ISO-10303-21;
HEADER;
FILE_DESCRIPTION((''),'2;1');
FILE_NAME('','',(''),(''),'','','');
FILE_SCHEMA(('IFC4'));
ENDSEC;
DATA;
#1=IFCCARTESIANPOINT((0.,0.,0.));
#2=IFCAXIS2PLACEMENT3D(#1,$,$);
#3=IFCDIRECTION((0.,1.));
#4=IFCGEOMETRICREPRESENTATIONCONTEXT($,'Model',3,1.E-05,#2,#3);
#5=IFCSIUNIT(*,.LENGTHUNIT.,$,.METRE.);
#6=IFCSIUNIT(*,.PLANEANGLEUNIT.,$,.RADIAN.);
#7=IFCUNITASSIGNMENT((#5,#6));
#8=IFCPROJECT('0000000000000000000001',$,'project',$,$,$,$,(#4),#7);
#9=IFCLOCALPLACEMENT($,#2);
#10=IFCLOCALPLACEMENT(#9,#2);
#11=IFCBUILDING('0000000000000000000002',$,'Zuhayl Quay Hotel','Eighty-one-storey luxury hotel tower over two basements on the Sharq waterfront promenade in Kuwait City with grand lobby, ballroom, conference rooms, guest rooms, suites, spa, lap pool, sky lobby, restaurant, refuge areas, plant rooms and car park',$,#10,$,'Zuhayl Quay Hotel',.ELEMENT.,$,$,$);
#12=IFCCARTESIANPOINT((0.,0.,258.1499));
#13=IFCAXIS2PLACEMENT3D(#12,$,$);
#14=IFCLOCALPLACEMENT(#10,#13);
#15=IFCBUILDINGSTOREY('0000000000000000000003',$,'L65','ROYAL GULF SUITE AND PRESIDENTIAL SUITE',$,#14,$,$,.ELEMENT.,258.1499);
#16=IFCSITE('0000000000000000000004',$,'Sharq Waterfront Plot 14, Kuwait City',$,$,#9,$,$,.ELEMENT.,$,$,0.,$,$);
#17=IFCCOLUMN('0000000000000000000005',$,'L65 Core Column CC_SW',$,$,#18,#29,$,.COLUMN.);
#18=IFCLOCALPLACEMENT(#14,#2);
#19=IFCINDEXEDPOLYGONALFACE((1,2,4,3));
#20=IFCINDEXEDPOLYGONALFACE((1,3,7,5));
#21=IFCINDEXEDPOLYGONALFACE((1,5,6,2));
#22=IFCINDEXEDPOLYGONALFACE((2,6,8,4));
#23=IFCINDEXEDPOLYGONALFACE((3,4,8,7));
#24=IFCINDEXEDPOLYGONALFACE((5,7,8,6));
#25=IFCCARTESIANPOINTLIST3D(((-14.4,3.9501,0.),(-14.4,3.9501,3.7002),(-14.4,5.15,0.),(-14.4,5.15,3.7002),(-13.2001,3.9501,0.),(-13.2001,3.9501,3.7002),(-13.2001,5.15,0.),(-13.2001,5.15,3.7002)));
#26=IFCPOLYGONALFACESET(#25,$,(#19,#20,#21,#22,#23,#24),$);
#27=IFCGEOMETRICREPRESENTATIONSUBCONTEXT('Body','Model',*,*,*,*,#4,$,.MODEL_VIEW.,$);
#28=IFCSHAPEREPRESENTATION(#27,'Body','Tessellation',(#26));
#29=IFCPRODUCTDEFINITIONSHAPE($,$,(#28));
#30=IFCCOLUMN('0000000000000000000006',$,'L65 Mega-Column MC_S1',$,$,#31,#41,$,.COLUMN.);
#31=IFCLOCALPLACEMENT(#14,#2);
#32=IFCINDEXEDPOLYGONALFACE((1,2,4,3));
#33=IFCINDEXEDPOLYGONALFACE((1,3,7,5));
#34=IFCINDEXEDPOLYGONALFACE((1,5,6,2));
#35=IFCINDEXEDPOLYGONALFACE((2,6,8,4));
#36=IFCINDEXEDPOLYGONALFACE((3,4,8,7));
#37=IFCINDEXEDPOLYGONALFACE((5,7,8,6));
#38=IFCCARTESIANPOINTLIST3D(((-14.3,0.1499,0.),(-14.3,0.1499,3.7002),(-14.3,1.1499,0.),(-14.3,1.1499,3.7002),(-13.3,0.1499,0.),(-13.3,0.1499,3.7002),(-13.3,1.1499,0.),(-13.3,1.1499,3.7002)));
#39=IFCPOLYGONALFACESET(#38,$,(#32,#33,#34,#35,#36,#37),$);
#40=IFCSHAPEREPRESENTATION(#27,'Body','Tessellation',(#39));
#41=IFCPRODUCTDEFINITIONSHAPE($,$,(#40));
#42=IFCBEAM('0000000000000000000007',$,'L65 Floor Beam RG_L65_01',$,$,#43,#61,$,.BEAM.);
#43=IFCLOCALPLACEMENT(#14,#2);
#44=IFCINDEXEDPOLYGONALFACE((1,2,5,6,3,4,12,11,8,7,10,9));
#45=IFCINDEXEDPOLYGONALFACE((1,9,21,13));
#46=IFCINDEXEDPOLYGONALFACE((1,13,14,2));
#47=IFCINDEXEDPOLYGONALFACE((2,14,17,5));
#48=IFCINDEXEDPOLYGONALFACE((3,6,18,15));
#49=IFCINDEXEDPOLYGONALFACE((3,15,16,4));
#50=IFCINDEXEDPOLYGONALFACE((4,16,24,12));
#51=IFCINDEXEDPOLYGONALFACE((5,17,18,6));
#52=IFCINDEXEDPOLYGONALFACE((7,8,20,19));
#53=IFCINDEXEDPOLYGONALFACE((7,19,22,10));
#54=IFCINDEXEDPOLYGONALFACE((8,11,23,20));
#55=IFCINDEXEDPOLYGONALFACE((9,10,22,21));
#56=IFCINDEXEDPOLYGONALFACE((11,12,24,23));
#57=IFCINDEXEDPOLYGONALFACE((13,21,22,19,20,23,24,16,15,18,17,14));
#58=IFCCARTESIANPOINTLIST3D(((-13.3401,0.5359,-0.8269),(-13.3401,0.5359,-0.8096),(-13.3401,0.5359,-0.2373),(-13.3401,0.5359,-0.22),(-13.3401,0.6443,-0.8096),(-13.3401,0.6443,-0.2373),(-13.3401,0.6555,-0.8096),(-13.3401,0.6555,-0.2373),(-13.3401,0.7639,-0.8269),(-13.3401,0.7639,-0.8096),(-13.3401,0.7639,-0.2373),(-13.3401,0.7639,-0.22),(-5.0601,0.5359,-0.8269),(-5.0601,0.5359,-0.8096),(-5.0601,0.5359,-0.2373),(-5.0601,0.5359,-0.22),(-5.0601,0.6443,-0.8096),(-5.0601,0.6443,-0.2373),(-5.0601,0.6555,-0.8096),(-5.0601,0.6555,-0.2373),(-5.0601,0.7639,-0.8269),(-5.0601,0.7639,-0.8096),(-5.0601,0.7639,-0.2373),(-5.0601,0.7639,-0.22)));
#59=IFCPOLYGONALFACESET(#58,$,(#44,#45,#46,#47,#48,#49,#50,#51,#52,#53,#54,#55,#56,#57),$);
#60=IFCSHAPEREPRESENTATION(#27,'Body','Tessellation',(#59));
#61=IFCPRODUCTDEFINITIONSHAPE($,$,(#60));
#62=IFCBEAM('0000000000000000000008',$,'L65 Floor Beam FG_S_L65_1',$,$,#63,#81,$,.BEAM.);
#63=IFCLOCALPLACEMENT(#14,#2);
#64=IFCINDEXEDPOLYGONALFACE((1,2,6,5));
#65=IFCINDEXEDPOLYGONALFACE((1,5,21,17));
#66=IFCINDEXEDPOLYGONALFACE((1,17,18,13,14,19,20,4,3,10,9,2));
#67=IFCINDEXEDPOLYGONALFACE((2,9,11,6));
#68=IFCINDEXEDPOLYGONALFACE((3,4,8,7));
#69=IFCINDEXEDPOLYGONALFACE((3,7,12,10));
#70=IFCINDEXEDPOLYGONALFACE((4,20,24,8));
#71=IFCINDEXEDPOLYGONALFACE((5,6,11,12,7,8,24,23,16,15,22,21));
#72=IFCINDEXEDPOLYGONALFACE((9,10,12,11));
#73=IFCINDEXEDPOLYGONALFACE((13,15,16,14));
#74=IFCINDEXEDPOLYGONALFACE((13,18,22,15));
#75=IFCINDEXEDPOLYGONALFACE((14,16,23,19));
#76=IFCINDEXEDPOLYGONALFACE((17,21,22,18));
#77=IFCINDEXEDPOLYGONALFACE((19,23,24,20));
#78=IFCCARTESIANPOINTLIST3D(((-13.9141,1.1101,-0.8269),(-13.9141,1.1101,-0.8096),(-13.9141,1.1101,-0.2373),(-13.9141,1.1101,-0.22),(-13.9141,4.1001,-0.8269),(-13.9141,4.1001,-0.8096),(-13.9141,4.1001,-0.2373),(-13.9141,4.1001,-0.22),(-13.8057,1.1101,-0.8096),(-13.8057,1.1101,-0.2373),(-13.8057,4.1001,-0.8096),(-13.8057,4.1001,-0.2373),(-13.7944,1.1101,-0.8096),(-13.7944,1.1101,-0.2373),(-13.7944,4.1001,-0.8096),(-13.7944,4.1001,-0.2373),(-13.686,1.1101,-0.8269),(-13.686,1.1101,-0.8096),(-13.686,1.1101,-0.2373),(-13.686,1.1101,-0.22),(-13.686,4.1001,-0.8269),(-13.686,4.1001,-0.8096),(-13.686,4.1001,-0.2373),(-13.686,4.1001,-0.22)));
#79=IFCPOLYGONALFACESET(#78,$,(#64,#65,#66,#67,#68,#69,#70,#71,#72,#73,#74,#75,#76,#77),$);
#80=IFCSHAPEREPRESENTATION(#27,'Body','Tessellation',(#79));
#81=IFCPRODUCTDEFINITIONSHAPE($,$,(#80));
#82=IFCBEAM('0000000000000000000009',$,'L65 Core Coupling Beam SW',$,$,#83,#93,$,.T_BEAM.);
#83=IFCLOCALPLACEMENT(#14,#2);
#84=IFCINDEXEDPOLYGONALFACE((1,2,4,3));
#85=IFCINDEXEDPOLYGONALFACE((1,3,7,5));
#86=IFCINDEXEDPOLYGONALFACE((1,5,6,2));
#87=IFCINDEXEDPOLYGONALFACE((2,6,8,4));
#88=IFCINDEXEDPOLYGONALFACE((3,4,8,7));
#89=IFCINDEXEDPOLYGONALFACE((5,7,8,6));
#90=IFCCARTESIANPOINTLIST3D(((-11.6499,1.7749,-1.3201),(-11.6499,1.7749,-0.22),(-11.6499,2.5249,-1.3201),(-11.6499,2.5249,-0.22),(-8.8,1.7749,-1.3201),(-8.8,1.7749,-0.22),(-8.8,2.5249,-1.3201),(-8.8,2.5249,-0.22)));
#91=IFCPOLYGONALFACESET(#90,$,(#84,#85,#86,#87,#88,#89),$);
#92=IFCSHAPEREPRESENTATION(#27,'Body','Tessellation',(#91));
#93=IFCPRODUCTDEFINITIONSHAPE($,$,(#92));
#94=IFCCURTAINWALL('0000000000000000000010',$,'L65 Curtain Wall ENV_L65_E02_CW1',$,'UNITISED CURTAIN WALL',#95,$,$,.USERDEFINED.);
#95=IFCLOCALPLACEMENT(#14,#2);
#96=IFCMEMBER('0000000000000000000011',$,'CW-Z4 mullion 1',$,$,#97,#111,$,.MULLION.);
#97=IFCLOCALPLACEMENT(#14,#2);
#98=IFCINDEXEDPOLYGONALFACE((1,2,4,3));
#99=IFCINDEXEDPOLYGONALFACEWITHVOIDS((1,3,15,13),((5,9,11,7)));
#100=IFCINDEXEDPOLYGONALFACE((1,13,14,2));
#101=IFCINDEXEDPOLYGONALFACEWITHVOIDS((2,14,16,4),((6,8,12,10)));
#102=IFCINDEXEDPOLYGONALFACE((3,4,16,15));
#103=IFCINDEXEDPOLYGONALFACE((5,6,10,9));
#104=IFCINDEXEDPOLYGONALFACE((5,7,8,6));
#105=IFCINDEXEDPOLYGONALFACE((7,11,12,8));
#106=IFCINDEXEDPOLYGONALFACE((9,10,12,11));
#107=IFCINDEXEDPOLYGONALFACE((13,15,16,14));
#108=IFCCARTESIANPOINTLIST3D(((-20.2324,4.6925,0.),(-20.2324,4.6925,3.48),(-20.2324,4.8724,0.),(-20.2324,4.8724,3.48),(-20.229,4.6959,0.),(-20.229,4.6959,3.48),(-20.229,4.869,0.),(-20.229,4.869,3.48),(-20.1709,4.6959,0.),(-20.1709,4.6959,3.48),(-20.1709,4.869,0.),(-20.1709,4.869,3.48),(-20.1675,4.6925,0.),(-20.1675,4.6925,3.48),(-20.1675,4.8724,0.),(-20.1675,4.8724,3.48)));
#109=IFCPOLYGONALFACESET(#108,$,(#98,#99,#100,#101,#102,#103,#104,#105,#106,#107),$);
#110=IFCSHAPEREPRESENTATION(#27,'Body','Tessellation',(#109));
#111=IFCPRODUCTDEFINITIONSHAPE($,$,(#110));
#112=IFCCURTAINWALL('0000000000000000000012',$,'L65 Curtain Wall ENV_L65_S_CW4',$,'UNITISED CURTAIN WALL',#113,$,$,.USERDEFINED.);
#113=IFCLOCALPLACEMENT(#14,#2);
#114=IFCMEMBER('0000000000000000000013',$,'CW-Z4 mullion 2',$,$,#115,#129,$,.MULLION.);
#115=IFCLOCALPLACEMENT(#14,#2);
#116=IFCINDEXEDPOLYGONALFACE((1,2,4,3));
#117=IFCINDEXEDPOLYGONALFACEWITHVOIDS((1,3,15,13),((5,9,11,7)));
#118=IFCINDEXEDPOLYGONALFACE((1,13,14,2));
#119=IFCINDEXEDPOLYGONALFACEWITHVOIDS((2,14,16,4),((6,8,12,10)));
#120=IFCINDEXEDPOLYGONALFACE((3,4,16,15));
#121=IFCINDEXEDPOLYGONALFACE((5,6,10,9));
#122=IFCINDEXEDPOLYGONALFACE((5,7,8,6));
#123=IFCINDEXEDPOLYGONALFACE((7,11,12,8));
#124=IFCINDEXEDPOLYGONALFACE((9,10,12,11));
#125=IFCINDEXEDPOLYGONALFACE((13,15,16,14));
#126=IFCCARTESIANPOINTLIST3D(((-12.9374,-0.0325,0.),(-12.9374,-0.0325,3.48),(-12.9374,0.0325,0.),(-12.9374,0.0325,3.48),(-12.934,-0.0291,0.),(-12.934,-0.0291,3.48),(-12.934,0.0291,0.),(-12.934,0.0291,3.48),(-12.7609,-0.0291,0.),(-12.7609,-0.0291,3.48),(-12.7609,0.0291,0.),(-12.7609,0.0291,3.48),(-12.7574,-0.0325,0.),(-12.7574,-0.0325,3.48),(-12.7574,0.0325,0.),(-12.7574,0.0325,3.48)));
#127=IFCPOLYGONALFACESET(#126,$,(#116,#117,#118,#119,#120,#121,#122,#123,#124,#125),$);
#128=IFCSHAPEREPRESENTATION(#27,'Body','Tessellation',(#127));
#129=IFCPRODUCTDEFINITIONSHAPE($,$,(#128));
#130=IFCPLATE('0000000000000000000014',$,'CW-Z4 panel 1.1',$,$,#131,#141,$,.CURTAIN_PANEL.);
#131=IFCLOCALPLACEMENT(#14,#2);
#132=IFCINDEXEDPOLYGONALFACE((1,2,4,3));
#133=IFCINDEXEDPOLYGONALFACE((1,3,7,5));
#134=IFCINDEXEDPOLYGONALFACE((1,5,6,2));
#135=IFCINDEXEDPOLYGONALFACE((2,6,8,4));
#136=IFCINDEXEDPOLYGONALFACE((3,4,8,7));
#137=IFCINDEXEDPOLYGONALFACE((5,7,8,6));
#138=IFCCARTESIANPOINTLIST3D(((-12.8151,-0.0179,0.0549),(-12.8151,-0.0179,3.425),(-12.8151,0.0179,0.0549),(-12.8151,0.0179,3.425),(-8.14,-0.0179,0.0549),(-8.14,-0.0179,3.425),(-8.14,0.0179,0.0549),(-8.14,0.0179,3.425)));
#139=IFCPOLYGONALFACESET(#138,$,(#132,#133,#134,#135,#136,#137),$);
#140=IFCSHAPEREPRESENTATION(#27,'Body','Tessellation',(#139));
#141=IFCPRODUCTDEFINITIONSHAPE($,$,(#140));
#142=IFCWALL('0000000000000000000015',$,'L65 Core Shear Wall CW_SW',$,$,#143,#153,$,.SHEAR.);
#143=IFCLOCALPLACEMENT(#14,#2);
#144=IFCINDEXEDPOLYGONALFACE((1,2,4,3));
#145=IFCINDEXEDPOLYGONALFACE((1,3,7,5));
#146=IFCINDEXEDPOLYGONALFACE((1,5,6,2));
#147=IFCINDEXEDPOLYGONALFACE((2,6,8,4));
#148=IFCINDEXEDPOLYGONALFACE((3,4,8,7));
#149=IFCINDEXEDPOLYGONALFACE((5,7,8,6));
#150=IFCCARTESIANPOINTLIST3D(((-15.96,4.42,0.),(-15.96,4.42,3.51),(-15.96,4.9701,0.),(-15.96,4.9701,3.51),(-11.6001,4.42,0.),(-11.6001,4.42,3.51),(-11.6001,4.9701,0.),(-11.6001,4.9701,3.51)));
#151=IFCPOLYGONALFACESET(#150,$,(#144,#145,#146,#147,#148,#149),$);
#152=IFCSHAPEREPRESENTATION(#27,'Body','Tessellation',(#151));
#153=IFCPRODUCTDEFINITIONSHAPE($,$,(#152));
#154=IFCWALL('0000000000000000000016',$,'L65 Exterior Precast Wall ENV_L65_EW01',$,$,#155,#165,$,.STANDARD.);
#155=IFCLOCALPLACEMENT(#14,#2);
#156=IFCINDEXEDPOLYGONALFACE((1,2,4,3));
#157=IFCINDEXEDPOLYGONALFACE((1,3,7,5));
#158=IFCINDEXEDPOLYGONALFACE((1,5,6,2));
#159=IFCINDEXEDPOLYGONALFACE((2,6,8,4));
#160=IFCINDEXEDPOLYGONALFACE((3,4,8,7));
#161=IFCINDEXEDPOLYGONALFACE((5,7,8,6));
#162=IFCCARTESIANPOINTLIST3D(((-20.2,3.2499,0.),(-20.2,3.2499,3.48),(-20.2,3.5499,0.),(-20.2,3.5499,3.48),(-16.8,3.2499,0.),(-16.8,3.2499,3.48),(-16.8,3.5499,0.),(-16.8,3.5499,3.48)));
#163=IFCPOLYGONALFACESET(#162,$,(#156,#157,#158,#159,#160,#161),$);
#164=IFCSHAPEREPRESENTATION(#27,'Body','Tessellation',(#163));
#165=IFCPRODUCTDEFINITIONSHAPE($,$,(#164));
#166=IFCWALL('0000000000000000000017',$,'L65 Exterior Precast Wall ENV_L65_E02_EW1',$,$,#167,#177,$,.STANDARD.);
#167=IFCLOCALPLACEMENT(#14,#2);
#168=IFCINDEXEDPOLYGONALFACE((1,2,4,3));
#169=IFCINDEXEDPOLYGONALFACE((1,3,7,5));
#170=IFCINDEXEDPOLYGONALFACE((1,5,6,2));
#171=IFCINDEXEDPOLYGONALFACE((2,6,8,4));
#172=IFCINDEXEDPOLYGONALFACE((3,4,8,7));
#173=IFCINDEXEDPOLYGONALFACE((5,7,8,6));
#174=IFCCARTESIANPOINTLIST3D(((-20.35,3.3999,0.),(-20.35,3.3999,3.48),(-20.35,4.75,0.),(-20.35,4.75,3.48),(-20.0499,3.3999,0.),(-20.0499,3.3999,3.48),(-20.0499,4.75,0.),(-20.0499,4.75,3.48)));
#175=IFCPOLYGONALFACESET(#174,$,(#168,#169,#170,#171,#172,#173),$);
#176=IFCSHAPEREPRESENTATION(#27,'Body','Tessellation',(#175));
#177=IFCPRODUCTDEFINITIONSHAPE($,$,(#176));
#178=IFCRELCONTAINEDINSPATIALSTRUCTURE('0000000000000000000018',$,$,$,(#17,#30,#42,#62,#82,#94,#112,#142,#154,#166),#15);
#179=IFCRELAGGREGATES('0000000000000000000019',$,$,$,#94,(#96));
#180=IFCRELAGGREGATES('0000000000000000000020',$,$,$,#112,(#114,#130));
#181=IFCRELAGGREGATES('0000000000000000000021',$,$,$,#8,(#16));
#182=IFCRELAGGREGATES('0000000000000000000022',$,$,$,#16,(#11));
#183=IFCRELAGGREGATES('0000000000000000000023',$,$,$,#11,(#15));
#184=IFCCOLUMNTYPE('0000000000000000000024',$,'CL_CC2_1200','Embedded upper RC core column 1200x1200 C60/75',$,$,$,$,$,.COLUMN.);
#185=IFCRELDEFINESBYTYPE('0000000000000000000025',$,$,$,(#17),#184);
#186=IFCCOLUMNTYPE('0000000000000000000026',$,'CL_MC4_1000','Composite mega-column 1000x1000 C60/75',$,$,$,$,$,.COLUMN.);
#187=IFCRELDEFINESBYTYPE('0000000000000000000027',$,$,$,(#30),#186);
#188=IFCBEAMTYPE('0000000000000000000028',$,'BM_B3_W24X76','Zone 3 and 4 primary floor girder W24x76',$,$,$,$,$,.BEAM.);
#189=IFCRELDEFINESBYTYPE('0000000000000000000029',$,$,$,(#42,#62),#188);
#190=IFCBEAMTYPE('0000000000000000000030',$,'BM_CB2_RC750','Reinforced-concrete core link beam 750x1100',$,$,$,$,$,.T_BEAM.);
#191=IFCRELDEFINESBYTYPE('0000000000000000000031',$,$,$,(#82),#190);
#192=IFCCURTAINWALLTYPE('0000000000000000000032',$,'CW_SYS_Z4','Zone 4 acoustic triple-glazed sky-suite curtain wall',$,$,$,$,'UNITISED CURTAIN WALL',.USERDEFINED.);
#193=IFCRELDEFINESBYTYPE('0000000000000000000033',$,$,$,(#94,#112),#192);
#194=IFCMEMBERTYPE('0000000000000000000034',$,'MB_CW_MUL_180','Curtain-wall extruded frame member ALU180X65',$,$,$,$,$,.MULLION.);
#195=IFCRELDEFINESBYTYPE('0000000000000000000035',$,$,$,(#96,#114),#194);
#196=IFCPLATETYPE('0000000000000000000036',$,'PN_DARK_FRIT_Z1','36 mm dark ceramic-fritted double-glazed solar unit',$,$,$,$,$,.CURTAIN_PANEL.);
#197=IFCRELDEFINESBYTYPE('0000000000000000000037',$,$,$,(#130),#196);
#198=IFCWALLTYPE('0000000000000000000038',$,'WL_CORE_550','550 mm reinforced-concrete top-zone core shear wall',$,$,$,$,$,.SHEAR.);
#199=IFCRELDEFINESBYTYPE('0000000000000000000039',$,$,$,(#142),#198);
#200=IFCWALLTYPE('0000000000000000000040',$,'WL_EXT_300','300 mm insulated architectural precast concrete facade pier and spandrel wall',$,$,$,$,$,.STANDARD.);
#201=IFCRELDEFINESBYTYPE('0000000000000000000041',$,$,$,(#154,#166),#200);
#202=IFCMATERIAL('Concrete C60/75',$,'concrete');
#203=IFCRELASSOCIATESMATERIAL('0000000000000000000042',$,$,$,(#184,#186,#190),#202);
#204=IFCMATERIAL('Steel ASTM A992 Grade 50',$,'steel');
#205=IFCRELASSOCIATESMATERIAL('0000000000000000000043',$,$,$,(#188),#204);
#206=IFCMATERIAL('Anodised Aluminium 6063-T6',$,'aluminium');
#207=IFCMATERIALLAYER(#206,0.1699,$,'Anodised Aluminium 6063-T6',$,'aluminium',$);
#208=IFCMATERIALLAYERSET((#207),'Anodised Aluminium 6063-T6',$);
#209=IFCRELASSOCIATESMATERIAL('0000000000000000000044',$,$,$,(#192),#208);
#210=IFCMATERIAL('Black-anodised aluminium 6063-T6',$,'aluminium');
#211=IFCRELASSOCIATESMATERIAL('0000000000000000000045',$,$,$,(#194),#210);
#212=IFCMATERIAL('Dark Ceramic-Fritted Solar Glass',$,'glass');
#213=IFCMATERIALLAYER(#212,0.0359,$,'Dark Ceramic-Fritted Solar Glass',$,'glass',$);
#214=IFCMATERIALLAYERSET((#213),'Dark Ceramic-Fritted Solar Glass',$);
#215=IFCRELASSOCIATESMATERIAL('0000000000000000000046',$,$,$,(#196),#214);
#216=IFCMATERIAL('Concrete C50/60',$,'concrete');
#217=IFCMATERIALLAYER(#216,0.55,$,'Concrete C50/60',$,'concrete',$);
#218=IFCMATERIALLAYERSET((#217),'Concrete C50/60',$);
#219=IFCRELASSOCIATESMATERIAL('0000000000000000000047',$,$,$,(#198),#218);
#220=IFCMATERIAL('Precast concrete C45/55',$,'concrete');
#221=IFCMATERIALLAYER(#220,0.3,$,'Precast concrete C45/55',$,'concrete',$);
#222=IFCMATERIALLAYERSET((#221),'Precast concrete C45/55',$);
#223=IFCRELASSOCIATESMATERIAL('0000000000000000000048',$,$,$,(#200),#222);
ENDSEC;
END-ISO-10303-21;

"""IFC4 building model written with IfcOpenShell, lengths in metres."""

from ifc_helpers import new_model, si_unit, direction, frame, frame_2d, origin, origin_2d, place, context, subcontext, project, spatial, rectangle, hollow_rectangle, i_section, extrude, material, layer, layer_set, material_profile, profile_set, type_object, element, aggregate, save


model = new_model("IFC4")

# Units and contexts
model_context = context("Model", 3, precision=1e-05, world=origin(), true_north=direction((0.0, 1.0)))
body_context = subcontext(model_context, "Body", "Model", "MODEL_VIEW")
ifc_project = project(units=[si_unit("LENGTHUNIT", "METRE"), si_unit("PLANEANGLEUNIT", "RADIAN")], contexts=[model_context])

# Site, building, storey
site_placement = place(None, origin())
site = spatial("IfcSite", under=ifc_project, at=site_placement, Name="Sharq Waterfront Plot 14, Kuwait City", CompositionType="ELEMENT", RefElevation=0.0)
building_placement = place(site_placement, origin())
building = spatial("IfcBuilding", under=site, at=building_placement, Name="Zuhayl Quay Hotel", Description="Eighty-one-storey luxury hotel tower over two basements on the Sharq waterfront promenade in Kuwait City with grand lobby, ballroom, conference rooms, guest rooms, suites, spa, lap pool, sky lobby, restaurant, refuge areas, plant rooms and car park", LongName="Zuhayl Quay Hotel", CompositionType="ELEMENT")
storey_placement = place(building_placement, frame((0.0, 0.0, 258.1499)))
storey = spatial("IfcBuildingStorey", under=building, at=storey_placement, Name="L65", Description="ROYAL GULF SUITE AND PRESIDENTIAL SUITE", CompositionType="ELEMENT", Elevation=258.1499)

# Columns
ifc_material_1 = material(Name="Concrete C60/75", Category="concrete")
ifc_material_profile_1 = material_profile(ifc_material_1, rectangle(XDim=1.2, YDim=1.2, at=origin_2d()), Name="RC1200X1200")
ifc_profile_set_1 = profile_set([ifc_material_profile_1], Name="Concrete C60/75")
column_type_1 = type_object("IfcColumnType", Name="CL_CC2_1200", Description="Embedded upper RC core column 1200x1200 C60/75", PredefinedType="COLUMN", material=ifc_profile_set_1)
column_1_placement = place(storey_placement, frame((-13.8, 4.55, 0.0), z_axis=(0.0, 0.0, 1.0), x_axis=(1.0, 0.0, 0.0)))
element("IfcColumn", 1, at=column_1_placement, inside=storey, type_object=column_type_1, Name="L65 Core Column CC_SW", PredefinedType="COLUMN", context=body_context, shape_type="SweptSolid", body=[
    extrude(rectangle(XDim=1.2, YDim=1.2, at=origin_2d()), origin(), (0.0, 0.0, 1.0), 3.7002),
])
ifc_material_profile_2 = material_profile(ifc_material_1, rectangle(XDim=1.0, YDim=1.0, at=origin_2d()), Name="RC1000X1000")
ifc_profile_set_2 = profile_set([ifc_material_profile_2], Name="Concrete C60/75")
column_type_2 = type_object("IfcColumnType", Name="CL_MC4_1000", Description="Composite mega-column 1000x1000 C60/75", PredefinedType="COLUMN", material=ifc_profile_set_2)
column_2_placement = place(storey_placement, frame((-13.8, 0.6499, 0.0), z_axis=(0.0, 0.0, 1.0), x_axis=(1.0, 0.0, 0.0)))
element("IfcColumn", 2, at=column_2_placement, inside=storey, type_object=column_type_2, Name="L65 Mega-Column MC_S1", PredefinedType="COLUMN", context=body_context, shape_type="SweptSolid", body=[
    extrude(rectangle(XDim=1.0, YDim=1.0, at=origin_2d()), origin(), (0.0, 0.0, 1.0), 3.7002),
])

# Beams
ifc_material_2 = material(Name="Steel ASTM A992 Grade 50", Category="steel")
ifc_material_profile_3 = material_profile(ifc_material_2, i_section(OverallWidth=0.228, OverallDepth=0.6069, WebThickness=0.0112, FlangeThickness=0.0173, at=origin_2d()), Name="W24X76")
ifc_profile_set_3 = profile_set([ifc_material_profile_3], Name="Steel ASTM A992 Grade 50")
beam_type_1 = type_object("IfcBeamType", Name="BM_B3_W24X76", Description="Zone 3 and 4 primary floor girder W24x76", PredefinedType="BEAM", material=ifc_profile_set_3)
beam_1_placement = place(storey_placement, frame((-13.3401, 0.6499, -0.5234), z_axis=(1.0, 0.0, 0.0), x_axis=(0.0, 1.0, 0.0)))
element("IfcBeam", 3, at=beam_1_placement, inside=storey, type_object=beam_type_1, Name="L65 Floor Beam RG_L65_01", PredefinedType="BEAM", context=body_context, shape_type="SweptSolid", body=[
    extrude(i_section(OverallWidth=0.228, OverallDepth=0.6069, WebThickness=0.0112, FlangeThickness=0.0173, at=origin_2d()), origin(), (0.0, 0.0, 1.0), 8.28),
])
beam_2_placement = place(storey_placement, frame((-13.8, 1.1101, -0.5234), z_axis=(0.0, 1.0, 0.0), x_axis=(-1.0, 0.0, 0.0)))
element("IfcBeam", 4, at=beam_2_placement, inside=storey, type_object=beam_type_1, Name="L65 Floor Beam FG_S_L65_1", PredefinedType="BEAM", context=body_context, shape_type="SweptSolid", body=[
    extrude(i_section(OverallWidth=0.228, OverallDepth=0.6069, WebThickness=0.0112, FlangeThickness=0.0173, at=origin_2d()), origin(), (0.0, 0.0, 1.0), 2.99),
])
ifc_material_profile_4 = material_profile(ifc_material_1, rectangle(XDim=0.75, YDim=1.1001, at=origin_2d()), Name="RC750X1100")
ifc_profile_set_4 = profile_set([ifc_material_profile_4], Name="Concrete C60/75")
beam_type_2 = type_object("IfcBeamType", Name="BM_CB2_RC750", Description="Reinforced-concrete core link beam 750x1100", PredefinedType="T_BEAM", material=ifc_profile_set_4)
beam_3_placement = place(storey_placement, frame((-11.6499, 2.1499, -0.77), z_axis=(1.0, 0.0, 0.0), x_axis=(0.0, 1.0, 0.0)))
element("IfcBeam", 5, at=beam_3_placement, inside=storey, type_object=beam_type_2, Name="L65 Core Coupling Beam SW", PredefinedType="T_BEAM", context=body_context, shape_type="SweptSolid", body=[
    extrude(rectangle(XDim=0.75, YDim=1.1001, at=origin_2d()), origin(), (0.0, 0.0, 1.0), 2.8499),
])

# Curtain wall, member
ifc_material_3 = material(Name="Anodised Aluminium 6063-T6", Category="aluminium")
ifc_layer_1 = layer(ifc_material_3, 0.1699, Name="Anodised Aluminium 6063-T6", Category="aluminium")
ifc_layer_set_1 = layer_set([ifc_layer_1], Name="Anodised Aluminium 6063-T6")
curtain_wall_type = type_object("IfcCurtainWallType", Name="CW_SYS_Z4", Description="Zone 4 acoustic triple-glazed sky-suite curtain wall", ElementType="UNITISED CURTAIN WALL", PredefinedType="USERDEFINED", material=ifc_layer_set_1)
curtain_wall_1_placement = place(storey_placement, origin())
curtain_wall_1 = element("IfcCurtainWall", 6, at=curtain_wall_1_placement, inside=storey, type_object=curtain_wall_type, Name="L65 Curtain Wall ENV_L65_E02_CW1", ObjectType="UNITISED CURTAIN WALL", PredefinedType="USERDEFINED")
ifc_material_4 = material(Name="Black-anodised aluminium 6063-T6", Category="aluminium")
ifc_material_profile_5 = material_profile(ifc_material_4, hollow_rectangle(XDim=0.0649, YDim=0.1799, WallThickness=0.0034, at=origin_2d()), Name="ALU180X65")
ifc_profile_set_5 = profile_set([ifc_material_profile_5], Name="Black-anodised aluminium 6063-T6")
member_type = type_object("IfcMemberType", Name="MB_CW_MUL_180", Description="Curtain-wall extruded frame member ALU180X65", PredefinedType="MULLION", material=ifc_profile_set_5)
member_1_placement = place(storey_placement, frame((-20.2, 4.7825, 0.0), z_axis=(0.0, 0.0, 1.0), x_axis=(-1.0, 0.0, 0.0)))
member_1 = element("IfcMember", 7, at=member_1_placement, type_object=member_type, Name="CW-Z4 mullion 1", PredefinedType="MULLION", context=body_context, shape_type="SweptSolid", body=[
    extrude(hollow_rectangle(XDim=0.0649, YDim=0.1799, WallThickness=0.0034, at=origin_2d()), origin(), (0.0, 0.0, 1.0), 3.48),
])
aggregate(curtain_wall_1, [member_1])

# Curtain wall, member, plate
curtain_wall_2_placement = place(storey_placement, origin())
curtain_wall_2 = element("IfcCurtainWall", 8, at=curtain_wall_2_placement, inside=storey, type_object=curtain_wall_type, Name="L65 Curtain Wall ENV_L65_S_CW4", ObjectType="UNITISED CURTAIN WALL", PredefinedType="USERDEFINED")
member_2_placement = place(storey_placement, frame((-12.8474, 0.0, 0.0), z_axis=(0.0, 0.0, 1.0), x_axis=(0.0, -1.0, 0.0)))
member_2 = element("IfcMember", 9, at=member_2_placement, type_object=member_type, Name="CW-Z4 mullion 2", PredefinedType="MULLION", context=body_context, shape_type="SweptSolid", body=[
    extrude(hollow_rectangle(XDim=0.0649, YDim=0.1799, WallThickness=0.0034, at=origin_2d()), origin(), (0.0, 0.0, 1.0), 3.48),
])
ifc_material_5 = material(Name="Dark Ceramic-Fritted Solar Glass", Category="glass")
ifc_layer_2 = layer(ifc_material_5, 0.0359, Name="Dark Ceramic-Fritted Solar Glass", Category="glass")
ifc_layer_set_2 = layer_set([ifc_layer_2], Name="Dark Ceramic-Fritted Solar Glass")
plate_type = type_object("IfcPlateType", Name="PN_DARK_FRIT_Z1", Description="36 mm dark ceramic-fritted double-glazed solar unit", PredefinedType="CURTAIN_PANEL", material=ifc_layer_set_2)
plate_placement = place(storey_placement, frame((-10.4775, 0.0, 0.0549), z_axis=(0.0, 0.0, 1.0), x_axis=(-1.0, 0.0, 0.0)))
plate = element("IfcPlate", 10, at=plate_placement, type_object=plate_type, Name="CW-Z4 panel 1.1", PredefinedType="CURTAIN_PANEL", context=body_context, shape_type="SweptSolid", body=[
    extrude(rectangle(XDim=4.675, YDim=0.0359, at=origin_2d()), origin(), (0.0, 0.0, 1.0), 3.3701),
])
aggregate(curtain_wall_2, [member_2, plate])

# Walls
ifc_material_6 = material(Name="Concrete C50/60", Category="concrete")
ifc_layer_3 = layer(ifc_material_6, 0.55, Name="Concrete C50/60", Category="concrete")
ifc_layer_set_3 = layer_set([ifc_layer_3], Name="Concrete C50/60")
wall_type_1 = type_object("IfcWallType", Name="WL_CORE_550", Description="550 mm reinforced-concrete top-zone core shear wall", PredefinedType="SHEAR", material=ifc_layer_set_3)
wall_1_placement = place(storey_placement, frame((-15.96, 4.6951, 0.0), z_axis=(0.0, 0.0, 1.0), x_axis=(1.0, 0.0, 0.0)))
element("IfcWall", 11, at=wall_1_placement, inside=storey, type_object=wall_type_1, Name="L65 Core Shear Wall CW_SW", PredefinedType="SHEAR", context=body_context, shape_type="SweptSolid", body=[
    extrude(rectangle(XDim=4.3599, YDim=0.55, at=frame_2d((2.1799, 0.0))), origin(), (0.0, 0.0, 1.0), 3.51),
])
ifc_material_7 = material(Name="Precast concrete C45/55", Category="concrete")
ifc_layer_4 = layer(ifc_material_7, 0.3, Name="Precast concrete C45/55", Category="concrete")
ifc_layer_set_4 = layer_set([ifc_layer_4], Name="Precast concrete C45/55")
wall_type_2 = type_object("IfcWallType", Name="WL_EXT_300", Description="300 mm insulated architectural precast concrete facade pier and spandrel wall", PredefinedType="STANDARD", material=ifc_layer_set_4)
wall_2_placement = place(storey_placement, frame((-16.8, 3.3999, 0.0), z_axis=(0.0, 0.0, 1.0), x_axis=(-1.0, 0.0, 0.0)))
element("IfcWall", 12, at=wall_2_placement, inside=storey, type_object=wall_type_2, Name="L65 Exterior Precast Wall ENV_L65_EW01", PredefinedType="STANDARD", context=body_context, shape_type="SweptSolid", body=[
    extrude(rectangle(XDim=3.3999, YDim=0.3, at=frame_2d((1.7, 0.0))), origin(), (0.0, 0.0, 1.0), 3.48),
])
wall_3_placement = place(storey_placement, frame((-20.2, 3.3999, 0.0), z_axis=(0.0, 0.0, 1.0), x_axis=(0.0, 1.0, 0.0)))
element("IfcWall", 13, at=wall_3_placement, inside=storey, type_object=wall_type_2, Name="L65 Exterior Precast Wall ENV_L65_E02_EW1", PredefinedType="STANDARD", context=body_context, shape_type="SweptSolid", body=[
    extrude(rectangle(XDim=1.3501, YDim=0.3, at=frame_2d((0.675, 0.0))), origin(), (0.0, 0.0, 1.0), 3.48),
])

save(model, "model.ifc")
